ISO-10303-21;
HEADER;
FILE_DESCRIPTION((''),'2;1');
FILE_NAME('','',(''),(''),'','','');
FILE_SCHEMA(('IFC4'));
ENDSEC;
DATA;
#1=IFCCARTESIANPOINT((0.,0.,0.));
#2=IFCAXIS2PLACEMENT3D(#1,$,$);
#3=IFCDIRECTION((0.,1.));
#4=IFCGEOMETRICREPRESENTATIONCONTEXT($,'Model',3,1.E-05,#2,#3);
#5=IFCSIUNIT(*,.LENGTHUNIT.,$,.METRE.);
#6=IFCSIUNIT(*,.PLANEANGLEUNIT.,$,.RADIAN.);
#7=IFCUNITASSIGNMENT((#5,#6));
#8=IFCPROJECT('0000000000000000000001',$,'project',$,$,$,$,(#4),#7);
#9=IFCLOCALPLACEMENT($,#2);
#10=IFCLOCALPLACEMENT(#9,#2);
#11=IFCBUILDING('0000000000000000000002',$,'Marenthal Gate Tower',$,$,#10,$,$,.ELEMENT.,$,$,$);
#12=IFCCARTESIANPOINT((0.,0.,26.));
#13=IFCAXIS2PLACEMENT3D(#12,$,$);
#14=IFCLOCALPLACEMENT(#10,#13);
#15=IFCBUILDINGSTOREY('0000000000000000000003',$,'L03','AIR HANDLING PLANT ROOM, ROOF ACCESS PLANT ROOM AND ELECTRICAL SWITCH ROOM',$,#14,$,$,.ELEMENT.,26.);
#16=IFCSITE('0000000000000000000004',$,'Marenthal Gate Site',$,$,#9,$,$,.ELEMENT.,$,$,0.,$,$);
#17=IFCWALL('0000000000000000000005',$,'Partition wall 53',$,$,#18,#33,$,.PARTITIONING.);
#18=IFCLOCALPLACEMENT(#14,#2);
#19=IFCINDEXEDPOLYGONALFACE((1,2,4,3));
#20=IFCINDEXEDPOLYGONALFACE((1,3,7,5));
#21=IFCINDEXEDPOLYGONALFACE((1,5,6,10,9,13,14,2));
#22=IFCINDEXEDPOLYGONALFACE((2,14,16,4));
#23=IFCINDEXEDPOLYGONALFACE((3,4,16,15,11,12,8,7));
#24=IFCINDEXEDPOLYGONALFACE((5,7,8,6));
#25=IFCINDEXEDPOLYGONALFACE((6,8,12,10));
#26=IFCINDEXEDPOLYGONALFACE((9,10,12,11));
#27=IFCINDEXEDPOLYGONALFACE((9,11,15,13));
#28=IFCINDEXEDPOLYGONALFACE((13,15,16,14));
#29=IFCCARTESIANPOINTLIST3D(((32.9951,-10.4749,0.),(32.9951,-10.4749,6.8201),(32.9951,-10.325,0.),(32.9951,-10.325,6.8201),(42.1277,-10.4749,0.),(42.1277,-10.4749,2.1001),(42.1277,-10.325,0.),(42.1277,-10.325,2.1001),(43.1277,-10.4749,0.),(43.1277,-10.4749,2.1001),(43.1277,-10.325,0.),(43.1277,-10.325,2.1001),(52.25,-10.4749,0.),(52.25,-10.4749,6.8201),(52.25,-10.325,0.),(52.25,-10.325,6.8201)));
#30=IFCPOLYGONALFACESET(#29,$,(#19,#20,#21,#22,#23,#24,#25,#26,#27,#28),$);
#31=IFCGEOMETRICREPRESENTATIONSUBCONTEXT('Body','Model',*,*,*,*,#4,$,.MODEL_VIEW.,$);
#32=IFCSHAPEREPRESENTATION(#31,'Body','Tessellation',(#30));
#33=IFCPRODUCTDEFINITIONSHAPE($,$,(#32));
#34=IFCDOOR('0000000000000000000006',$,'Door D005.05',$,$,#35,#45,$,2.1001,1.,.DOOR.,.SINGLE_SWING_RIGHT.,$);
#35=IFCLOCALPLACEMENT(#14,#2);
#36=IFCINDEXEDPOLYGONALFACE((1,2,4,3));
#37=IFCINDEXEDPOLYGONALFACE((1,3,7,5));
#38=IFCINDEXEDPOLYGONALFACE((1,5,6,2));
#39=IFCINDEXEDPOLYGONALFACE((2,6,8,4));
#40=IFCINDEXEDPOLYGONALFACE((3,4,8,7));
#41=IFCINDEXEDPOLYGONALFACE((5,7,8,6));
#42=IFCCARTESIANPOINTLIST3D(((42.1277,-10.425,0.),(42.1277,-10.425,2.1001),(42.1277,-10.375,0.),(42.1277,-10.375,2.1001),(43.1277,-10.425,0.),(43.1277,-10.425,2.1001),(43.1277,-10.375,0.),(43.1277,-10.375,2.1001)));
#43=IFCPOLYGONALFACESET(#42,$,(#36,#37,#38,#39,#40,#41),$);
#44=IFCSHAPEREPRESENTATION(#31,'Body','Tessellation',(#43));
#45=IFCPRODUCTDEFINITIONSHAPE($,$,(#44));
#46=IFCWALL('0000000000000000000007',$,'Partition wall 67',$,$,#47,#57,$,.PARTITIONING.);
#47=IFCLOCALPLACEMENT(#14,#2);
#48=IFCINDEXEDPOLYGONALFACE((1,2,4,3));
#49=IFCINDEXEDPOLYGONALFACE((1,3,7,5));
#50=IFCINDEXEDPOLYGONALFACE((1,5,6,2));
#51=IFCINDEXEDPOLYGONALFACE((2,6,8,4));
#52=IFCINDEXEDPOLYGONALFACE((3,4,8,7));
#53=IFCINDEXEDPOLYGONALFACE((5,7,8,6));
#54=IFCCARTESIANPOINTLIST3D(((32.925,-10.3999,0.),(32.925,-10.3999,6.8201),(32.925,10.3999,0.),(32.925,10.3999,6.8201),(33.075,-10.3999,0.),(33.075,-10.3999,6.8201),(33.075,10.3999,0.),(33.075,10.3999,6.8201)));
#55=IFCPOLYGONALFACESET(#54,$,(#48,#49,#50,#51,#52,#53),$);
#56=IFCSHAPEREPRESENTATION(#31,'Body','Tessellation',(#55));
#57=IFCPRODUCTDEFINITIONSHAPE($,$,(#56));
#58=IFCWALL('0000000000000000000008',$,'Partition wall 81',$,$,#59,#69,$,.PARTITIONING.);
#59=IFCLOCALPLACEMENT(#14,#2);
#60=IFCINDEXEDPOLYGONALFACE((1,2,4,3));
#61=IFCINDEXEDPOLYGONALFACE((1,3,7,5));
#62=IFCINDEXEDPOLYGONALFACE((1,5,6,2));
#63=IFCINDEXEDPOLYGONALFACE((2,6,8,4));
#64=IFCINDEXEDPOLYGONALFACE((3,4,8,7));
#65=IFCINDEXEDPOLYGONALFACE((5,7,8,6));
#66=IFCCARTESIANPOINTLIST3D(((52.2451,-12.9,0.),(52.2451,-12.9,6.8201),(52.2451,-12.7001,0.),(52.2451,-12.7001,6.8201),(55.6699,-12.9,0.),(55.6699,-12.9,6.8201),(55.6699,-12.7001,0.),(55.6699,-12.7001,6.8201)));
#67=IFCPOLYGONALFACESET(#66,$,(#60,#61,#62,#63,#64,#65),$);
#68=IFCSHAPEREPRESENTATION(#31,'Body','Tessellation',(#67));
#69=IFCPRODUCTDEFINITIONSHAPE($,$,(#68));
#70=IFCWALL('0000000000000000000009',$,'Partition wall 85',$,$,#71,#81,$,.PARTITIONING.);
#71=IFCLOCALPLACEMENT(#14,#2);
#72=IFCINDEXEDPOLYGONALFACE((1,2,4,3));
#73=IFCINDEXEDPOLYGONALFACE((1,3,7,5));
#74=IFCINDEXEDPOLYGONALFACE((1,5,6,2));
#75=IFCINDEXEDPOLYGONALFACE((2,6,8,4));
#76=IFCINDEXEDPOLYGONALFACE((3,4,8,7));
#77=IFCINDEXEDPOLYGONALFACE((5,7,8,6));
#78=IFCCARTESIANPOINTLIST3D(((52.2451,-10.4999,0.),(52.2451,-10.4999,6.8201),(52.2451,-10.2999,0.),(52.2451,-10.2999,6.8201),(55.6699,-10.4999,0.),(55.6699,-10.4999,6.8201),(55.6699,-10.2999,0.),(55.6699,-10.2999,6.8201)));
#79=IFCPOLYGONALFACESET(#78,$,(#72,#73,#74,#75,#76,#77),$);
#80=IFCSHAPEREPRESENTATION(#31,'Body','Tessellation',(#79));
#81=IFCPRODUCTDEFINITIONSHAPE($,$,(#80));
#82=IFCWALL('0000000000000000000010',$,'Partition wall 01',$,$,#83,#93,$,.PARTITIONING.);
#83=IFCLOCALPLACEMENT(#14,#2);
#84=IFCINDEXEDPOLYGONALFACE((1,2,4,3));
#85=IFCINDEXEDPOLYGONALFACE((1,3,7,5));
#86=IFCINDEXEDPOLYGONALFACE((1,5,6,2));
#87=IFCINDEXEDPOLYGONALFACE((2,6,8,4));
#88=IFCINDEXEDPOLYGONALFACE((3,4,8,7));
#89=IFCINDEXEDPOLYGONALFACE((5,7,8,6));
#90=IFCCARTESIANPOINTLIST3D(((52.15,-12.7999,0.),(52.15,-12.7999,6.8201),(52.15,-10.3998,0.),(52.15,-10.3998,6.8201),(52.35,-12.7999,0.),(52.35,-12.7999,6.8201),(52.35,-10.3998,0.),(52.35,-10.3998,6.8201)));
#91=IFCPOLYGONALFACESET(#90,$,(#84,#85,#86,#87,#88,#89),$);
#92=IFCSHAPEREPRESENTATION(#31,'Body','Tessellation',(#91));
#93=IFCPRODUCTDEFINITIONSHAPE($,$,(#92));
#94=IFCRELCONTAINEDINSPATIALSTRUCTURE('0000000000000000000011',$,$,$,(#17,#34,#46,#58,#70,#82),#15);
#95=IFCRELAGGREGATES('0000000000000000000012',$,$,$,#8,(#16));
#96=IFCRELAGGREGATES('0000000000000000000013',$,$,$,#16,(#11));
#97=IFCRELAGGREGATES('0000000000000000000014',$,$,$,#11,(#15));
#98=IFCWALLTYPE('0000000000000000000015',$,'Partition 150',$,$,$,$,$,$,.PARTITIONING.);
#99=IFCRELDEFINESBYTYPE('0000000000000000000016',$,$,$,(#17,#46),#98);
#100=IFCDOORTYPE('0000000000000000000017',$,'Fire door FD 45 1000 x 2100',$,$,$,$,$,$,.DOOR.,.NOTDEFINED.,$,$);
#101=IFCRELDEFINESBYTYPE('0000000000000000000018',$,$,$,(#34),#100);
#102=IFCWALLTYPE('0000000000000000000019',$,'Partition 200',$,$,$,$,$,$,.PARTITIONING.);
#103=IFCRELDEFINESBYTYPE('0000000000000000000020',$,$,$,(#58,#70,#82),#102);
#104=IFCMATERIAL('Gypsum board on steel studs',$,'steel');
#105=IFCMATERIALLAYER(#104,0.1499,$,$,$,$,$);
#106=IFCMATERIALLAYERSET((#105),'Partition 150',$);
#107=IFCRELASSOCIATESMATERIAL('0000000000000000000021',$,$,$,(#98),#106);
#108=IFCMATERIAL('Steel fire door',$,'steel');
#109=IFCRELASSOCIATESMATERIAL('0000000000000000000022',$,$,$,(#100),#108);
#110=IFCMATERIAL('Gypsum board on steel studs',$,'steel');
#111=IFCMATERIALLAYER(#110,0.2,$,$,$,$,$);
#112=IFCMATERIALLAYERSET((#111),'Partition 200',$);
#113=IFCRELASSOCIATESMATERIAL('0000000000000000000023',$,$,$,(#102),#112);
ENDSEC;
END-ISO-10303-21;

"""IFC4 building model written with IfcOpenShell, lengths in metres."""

from ifc_helpers import new_model, si_unit, direction, frame, frame_2d, origin, place, context, subcontext, project, spatial, rectangle, extrude, material, layer, layer_set, type_object, element, fill, save


model = new_model("IFC4")

# Units and contexts
model_context = context("Model", 3, precision=1e-05, world=origin(), true_north=direction((0.0, 1.0)))
body_context = subcontext(model_context, "Body", "Model", "MODEL_VIEW")
ifc_project = project(units=[si_unit("LENGTHUNIT", "METRE"), si_unit("PLANEANGLEUNIT", "RADIAN")], contexts=[model_context])

# Site, building, storey
site_placement = place(None, origin())
site = spatial("IfcSite", under=ifc_project, at=site_placement, Name="Marenthal Gate Site", CompositionType="ELEMENT", RefElevation=0.0)
building_placement = place(site_placement, origin())
building = spatial("IfcBuilding", under=site, at=building_placement, Name="Marenthal Gate Tower", CompositionType="ELEMENT")
storey_placement = place(building_placement, frame((0.0, 0.0, 26.0)))
storey = spatial("IfcBuildingStorey", under=building, at=storey_placement, Name="L03", Description="AIR HANDLING PLANT ROOM, ROOF ACCESS PLANT ROOM AND ELECTRICAL SWITCH ROOM", CompositionType="ELEMENT", Elevation=26.0)

# Shared definitions
ifc_material_1 = material(Name="Gypsum board on steel studs", Category="steel")
ifc_layer_1 = layer(ifc_material_1, 0.1499)
ifc_layer_set_1 = layer_set([ifc_layer_1], Name="Partition 150")
wall_type_1 = type_object("IfcWallType", Name="Partition 150", PredefinedType="PARTITIONING", material=ifc_layer_set_1)
ifc_material_2 = material(Name="Steel fire door", Category="steel")
door_type = type_object("IfcDoorType", Name="Fire door FD 45 1000 x 2100", OperationType="NOTDEFINED", PredefinedType="DOOR", material=ifc_material_2)

# Wall, opening, door
wall_1_placement = place(storey_placement, frame((32.9951, -10.3999, 0.0), z_axis=(0.0, 0.0, 1.0), x_axis=(1.0, 0.0, 0.0)))
wall_1 = element("IfcWall", 1, at=wall_1_placement, inside=storey, type_object=wall_type_1, Name="Partition wall 53", PredefinedType="PARTITIONING", context=body_context, shape_type="SweptSolid", body=[
    extrude(rectangle(XDim=19.2549, YDim=0.1499, at=frame_2d((9.6274, 0.0))), origin(), (0.0, 0.0, 1.0), 6.8201),
])
opening_1_placement = place(wall_1_placement, frame((9.1326, 0.0, 0.0)))
opening_1 = element("IfcOpeningElement", 2, at=opening_1_placement, cuts=wall_1, PredefinedType="OPENING", context=body_context, shape_type="SweptSolid", body=[
    extrude(rectangle(XDim=1.0, YDim=2.1001, at=frame_2d((0.5, 1.05))), frame((0.0, 0.085, 0.0), z_axis=(0.0, -1.0, 0.0), x_axis=(1.0, 0.0, 0.0)), (0.0, 0.0, 1.0), 0.1699),
])
door_1_placement = place(opening_1_placement, origin())
door_1 = element("IfcDoor", 3, at=door_1_placement, inside=storey, type_object=door_type, Name="Door D005.05", OperationType="SINGLE_SWING_RIGHT", OverallHeight=2.1001, OverallWidth=1.0, PredefinedType="DOOR", context=body_context, shape_type="SweptSolid", body=[
    extrude(rectangle(XDim=1.0, YDim=2.1001, at=frame_2d((0.5, 1.05))), frame((0.0, 0.0249, 0.0), z_axis=(0.0, -1.0, 0.0), x_axis=(1.0, 0.0, 0.0)), (0.0, 0.0, 1.0), 0.05),
])
fill(opening_1, door_1)

# Walls
wall_2_placement = place(storey_placement, frame((33.0, -10.3999, 0.0), z_axis=(0.0, 0.0, 1.0), x_axis=(0.0, 1.0, 0.0)))
element("IfcWall", 4, at=wall_2_placement, inside=storey, type_object=wall_type_1, Name="Partition wall 67", PredefinedType="PARTITIONING", context=body_context, shape_type="SweptSolid", body=[
    extrude(rectangle(XDim=20.7998, YDim=0.1499, at=frame_2d((10.3999, 0.0))), origin(), (0.0, 0.0, 1.0), 6.8201),
])
ifc_material_3 = material(Name="Gypsum board on steel studs", Category="steel")
ifc_layer_2 = layer(ifc_material_3, 0.2)
ifc_layer_set_2 = layer_set([ifc_layer_2], Name="Partition 200")
wall_type_2 = type_object("IfcWallType", Name="Partition 200", PredefinedType="PARTITIONING", material=ifc_layer_set_2)
for number, where, z_axis, x_axis, name in (
    (5, (52.2451, -12.8, 0.0), (0.0, 0.0, 1.0), (1.0, 0.0, 0.0), "Partition wall 81"),
    (6, (52.2451, -10.3999, 0.0), (0.0, 0.0, 1.0), (1.0, 0.0, 0.0), "Partition wall 85"),
):
    element("IfcWall", number, at=place(storey_placement, frame(where, z_axis=z_axis, x_axis=x_axis)), inside=storey, type_object=wall_type_2, Name=name, PredefinedType="PARTITIONING", context=body_context, shape_type="SweptSolid", body=[
        extrude(rectangle(XDim=3.4248, YDim=0.2, at=frame_2d((1.7124, 0.0))), origin(), (0.0, 0.0, 1.0), 6.8201),
    ])
wall_3_placement = place(storey_placement, frame((52.25, -12.8, 0.0), z_axis=(0.0, 0.0, 1.0), x_axis=(0.0, 1.0, 0.0)))
element("IfcWall", 7, at=wall_3_placement, inside=storey, type_object=wall_type_2, Name="Partition wall 01", PredefinedType="PARTITIONING", context=body_context, shape_type="SweptSolid", body=[
    extrude(rectangle(XDim=2.4001, YDim=0.2, at=frame_2d((1.2002, 0.0))), origin(), (0.0, 0.0, 1.0), 6.8201),
])

save(model, "model.ifc")
